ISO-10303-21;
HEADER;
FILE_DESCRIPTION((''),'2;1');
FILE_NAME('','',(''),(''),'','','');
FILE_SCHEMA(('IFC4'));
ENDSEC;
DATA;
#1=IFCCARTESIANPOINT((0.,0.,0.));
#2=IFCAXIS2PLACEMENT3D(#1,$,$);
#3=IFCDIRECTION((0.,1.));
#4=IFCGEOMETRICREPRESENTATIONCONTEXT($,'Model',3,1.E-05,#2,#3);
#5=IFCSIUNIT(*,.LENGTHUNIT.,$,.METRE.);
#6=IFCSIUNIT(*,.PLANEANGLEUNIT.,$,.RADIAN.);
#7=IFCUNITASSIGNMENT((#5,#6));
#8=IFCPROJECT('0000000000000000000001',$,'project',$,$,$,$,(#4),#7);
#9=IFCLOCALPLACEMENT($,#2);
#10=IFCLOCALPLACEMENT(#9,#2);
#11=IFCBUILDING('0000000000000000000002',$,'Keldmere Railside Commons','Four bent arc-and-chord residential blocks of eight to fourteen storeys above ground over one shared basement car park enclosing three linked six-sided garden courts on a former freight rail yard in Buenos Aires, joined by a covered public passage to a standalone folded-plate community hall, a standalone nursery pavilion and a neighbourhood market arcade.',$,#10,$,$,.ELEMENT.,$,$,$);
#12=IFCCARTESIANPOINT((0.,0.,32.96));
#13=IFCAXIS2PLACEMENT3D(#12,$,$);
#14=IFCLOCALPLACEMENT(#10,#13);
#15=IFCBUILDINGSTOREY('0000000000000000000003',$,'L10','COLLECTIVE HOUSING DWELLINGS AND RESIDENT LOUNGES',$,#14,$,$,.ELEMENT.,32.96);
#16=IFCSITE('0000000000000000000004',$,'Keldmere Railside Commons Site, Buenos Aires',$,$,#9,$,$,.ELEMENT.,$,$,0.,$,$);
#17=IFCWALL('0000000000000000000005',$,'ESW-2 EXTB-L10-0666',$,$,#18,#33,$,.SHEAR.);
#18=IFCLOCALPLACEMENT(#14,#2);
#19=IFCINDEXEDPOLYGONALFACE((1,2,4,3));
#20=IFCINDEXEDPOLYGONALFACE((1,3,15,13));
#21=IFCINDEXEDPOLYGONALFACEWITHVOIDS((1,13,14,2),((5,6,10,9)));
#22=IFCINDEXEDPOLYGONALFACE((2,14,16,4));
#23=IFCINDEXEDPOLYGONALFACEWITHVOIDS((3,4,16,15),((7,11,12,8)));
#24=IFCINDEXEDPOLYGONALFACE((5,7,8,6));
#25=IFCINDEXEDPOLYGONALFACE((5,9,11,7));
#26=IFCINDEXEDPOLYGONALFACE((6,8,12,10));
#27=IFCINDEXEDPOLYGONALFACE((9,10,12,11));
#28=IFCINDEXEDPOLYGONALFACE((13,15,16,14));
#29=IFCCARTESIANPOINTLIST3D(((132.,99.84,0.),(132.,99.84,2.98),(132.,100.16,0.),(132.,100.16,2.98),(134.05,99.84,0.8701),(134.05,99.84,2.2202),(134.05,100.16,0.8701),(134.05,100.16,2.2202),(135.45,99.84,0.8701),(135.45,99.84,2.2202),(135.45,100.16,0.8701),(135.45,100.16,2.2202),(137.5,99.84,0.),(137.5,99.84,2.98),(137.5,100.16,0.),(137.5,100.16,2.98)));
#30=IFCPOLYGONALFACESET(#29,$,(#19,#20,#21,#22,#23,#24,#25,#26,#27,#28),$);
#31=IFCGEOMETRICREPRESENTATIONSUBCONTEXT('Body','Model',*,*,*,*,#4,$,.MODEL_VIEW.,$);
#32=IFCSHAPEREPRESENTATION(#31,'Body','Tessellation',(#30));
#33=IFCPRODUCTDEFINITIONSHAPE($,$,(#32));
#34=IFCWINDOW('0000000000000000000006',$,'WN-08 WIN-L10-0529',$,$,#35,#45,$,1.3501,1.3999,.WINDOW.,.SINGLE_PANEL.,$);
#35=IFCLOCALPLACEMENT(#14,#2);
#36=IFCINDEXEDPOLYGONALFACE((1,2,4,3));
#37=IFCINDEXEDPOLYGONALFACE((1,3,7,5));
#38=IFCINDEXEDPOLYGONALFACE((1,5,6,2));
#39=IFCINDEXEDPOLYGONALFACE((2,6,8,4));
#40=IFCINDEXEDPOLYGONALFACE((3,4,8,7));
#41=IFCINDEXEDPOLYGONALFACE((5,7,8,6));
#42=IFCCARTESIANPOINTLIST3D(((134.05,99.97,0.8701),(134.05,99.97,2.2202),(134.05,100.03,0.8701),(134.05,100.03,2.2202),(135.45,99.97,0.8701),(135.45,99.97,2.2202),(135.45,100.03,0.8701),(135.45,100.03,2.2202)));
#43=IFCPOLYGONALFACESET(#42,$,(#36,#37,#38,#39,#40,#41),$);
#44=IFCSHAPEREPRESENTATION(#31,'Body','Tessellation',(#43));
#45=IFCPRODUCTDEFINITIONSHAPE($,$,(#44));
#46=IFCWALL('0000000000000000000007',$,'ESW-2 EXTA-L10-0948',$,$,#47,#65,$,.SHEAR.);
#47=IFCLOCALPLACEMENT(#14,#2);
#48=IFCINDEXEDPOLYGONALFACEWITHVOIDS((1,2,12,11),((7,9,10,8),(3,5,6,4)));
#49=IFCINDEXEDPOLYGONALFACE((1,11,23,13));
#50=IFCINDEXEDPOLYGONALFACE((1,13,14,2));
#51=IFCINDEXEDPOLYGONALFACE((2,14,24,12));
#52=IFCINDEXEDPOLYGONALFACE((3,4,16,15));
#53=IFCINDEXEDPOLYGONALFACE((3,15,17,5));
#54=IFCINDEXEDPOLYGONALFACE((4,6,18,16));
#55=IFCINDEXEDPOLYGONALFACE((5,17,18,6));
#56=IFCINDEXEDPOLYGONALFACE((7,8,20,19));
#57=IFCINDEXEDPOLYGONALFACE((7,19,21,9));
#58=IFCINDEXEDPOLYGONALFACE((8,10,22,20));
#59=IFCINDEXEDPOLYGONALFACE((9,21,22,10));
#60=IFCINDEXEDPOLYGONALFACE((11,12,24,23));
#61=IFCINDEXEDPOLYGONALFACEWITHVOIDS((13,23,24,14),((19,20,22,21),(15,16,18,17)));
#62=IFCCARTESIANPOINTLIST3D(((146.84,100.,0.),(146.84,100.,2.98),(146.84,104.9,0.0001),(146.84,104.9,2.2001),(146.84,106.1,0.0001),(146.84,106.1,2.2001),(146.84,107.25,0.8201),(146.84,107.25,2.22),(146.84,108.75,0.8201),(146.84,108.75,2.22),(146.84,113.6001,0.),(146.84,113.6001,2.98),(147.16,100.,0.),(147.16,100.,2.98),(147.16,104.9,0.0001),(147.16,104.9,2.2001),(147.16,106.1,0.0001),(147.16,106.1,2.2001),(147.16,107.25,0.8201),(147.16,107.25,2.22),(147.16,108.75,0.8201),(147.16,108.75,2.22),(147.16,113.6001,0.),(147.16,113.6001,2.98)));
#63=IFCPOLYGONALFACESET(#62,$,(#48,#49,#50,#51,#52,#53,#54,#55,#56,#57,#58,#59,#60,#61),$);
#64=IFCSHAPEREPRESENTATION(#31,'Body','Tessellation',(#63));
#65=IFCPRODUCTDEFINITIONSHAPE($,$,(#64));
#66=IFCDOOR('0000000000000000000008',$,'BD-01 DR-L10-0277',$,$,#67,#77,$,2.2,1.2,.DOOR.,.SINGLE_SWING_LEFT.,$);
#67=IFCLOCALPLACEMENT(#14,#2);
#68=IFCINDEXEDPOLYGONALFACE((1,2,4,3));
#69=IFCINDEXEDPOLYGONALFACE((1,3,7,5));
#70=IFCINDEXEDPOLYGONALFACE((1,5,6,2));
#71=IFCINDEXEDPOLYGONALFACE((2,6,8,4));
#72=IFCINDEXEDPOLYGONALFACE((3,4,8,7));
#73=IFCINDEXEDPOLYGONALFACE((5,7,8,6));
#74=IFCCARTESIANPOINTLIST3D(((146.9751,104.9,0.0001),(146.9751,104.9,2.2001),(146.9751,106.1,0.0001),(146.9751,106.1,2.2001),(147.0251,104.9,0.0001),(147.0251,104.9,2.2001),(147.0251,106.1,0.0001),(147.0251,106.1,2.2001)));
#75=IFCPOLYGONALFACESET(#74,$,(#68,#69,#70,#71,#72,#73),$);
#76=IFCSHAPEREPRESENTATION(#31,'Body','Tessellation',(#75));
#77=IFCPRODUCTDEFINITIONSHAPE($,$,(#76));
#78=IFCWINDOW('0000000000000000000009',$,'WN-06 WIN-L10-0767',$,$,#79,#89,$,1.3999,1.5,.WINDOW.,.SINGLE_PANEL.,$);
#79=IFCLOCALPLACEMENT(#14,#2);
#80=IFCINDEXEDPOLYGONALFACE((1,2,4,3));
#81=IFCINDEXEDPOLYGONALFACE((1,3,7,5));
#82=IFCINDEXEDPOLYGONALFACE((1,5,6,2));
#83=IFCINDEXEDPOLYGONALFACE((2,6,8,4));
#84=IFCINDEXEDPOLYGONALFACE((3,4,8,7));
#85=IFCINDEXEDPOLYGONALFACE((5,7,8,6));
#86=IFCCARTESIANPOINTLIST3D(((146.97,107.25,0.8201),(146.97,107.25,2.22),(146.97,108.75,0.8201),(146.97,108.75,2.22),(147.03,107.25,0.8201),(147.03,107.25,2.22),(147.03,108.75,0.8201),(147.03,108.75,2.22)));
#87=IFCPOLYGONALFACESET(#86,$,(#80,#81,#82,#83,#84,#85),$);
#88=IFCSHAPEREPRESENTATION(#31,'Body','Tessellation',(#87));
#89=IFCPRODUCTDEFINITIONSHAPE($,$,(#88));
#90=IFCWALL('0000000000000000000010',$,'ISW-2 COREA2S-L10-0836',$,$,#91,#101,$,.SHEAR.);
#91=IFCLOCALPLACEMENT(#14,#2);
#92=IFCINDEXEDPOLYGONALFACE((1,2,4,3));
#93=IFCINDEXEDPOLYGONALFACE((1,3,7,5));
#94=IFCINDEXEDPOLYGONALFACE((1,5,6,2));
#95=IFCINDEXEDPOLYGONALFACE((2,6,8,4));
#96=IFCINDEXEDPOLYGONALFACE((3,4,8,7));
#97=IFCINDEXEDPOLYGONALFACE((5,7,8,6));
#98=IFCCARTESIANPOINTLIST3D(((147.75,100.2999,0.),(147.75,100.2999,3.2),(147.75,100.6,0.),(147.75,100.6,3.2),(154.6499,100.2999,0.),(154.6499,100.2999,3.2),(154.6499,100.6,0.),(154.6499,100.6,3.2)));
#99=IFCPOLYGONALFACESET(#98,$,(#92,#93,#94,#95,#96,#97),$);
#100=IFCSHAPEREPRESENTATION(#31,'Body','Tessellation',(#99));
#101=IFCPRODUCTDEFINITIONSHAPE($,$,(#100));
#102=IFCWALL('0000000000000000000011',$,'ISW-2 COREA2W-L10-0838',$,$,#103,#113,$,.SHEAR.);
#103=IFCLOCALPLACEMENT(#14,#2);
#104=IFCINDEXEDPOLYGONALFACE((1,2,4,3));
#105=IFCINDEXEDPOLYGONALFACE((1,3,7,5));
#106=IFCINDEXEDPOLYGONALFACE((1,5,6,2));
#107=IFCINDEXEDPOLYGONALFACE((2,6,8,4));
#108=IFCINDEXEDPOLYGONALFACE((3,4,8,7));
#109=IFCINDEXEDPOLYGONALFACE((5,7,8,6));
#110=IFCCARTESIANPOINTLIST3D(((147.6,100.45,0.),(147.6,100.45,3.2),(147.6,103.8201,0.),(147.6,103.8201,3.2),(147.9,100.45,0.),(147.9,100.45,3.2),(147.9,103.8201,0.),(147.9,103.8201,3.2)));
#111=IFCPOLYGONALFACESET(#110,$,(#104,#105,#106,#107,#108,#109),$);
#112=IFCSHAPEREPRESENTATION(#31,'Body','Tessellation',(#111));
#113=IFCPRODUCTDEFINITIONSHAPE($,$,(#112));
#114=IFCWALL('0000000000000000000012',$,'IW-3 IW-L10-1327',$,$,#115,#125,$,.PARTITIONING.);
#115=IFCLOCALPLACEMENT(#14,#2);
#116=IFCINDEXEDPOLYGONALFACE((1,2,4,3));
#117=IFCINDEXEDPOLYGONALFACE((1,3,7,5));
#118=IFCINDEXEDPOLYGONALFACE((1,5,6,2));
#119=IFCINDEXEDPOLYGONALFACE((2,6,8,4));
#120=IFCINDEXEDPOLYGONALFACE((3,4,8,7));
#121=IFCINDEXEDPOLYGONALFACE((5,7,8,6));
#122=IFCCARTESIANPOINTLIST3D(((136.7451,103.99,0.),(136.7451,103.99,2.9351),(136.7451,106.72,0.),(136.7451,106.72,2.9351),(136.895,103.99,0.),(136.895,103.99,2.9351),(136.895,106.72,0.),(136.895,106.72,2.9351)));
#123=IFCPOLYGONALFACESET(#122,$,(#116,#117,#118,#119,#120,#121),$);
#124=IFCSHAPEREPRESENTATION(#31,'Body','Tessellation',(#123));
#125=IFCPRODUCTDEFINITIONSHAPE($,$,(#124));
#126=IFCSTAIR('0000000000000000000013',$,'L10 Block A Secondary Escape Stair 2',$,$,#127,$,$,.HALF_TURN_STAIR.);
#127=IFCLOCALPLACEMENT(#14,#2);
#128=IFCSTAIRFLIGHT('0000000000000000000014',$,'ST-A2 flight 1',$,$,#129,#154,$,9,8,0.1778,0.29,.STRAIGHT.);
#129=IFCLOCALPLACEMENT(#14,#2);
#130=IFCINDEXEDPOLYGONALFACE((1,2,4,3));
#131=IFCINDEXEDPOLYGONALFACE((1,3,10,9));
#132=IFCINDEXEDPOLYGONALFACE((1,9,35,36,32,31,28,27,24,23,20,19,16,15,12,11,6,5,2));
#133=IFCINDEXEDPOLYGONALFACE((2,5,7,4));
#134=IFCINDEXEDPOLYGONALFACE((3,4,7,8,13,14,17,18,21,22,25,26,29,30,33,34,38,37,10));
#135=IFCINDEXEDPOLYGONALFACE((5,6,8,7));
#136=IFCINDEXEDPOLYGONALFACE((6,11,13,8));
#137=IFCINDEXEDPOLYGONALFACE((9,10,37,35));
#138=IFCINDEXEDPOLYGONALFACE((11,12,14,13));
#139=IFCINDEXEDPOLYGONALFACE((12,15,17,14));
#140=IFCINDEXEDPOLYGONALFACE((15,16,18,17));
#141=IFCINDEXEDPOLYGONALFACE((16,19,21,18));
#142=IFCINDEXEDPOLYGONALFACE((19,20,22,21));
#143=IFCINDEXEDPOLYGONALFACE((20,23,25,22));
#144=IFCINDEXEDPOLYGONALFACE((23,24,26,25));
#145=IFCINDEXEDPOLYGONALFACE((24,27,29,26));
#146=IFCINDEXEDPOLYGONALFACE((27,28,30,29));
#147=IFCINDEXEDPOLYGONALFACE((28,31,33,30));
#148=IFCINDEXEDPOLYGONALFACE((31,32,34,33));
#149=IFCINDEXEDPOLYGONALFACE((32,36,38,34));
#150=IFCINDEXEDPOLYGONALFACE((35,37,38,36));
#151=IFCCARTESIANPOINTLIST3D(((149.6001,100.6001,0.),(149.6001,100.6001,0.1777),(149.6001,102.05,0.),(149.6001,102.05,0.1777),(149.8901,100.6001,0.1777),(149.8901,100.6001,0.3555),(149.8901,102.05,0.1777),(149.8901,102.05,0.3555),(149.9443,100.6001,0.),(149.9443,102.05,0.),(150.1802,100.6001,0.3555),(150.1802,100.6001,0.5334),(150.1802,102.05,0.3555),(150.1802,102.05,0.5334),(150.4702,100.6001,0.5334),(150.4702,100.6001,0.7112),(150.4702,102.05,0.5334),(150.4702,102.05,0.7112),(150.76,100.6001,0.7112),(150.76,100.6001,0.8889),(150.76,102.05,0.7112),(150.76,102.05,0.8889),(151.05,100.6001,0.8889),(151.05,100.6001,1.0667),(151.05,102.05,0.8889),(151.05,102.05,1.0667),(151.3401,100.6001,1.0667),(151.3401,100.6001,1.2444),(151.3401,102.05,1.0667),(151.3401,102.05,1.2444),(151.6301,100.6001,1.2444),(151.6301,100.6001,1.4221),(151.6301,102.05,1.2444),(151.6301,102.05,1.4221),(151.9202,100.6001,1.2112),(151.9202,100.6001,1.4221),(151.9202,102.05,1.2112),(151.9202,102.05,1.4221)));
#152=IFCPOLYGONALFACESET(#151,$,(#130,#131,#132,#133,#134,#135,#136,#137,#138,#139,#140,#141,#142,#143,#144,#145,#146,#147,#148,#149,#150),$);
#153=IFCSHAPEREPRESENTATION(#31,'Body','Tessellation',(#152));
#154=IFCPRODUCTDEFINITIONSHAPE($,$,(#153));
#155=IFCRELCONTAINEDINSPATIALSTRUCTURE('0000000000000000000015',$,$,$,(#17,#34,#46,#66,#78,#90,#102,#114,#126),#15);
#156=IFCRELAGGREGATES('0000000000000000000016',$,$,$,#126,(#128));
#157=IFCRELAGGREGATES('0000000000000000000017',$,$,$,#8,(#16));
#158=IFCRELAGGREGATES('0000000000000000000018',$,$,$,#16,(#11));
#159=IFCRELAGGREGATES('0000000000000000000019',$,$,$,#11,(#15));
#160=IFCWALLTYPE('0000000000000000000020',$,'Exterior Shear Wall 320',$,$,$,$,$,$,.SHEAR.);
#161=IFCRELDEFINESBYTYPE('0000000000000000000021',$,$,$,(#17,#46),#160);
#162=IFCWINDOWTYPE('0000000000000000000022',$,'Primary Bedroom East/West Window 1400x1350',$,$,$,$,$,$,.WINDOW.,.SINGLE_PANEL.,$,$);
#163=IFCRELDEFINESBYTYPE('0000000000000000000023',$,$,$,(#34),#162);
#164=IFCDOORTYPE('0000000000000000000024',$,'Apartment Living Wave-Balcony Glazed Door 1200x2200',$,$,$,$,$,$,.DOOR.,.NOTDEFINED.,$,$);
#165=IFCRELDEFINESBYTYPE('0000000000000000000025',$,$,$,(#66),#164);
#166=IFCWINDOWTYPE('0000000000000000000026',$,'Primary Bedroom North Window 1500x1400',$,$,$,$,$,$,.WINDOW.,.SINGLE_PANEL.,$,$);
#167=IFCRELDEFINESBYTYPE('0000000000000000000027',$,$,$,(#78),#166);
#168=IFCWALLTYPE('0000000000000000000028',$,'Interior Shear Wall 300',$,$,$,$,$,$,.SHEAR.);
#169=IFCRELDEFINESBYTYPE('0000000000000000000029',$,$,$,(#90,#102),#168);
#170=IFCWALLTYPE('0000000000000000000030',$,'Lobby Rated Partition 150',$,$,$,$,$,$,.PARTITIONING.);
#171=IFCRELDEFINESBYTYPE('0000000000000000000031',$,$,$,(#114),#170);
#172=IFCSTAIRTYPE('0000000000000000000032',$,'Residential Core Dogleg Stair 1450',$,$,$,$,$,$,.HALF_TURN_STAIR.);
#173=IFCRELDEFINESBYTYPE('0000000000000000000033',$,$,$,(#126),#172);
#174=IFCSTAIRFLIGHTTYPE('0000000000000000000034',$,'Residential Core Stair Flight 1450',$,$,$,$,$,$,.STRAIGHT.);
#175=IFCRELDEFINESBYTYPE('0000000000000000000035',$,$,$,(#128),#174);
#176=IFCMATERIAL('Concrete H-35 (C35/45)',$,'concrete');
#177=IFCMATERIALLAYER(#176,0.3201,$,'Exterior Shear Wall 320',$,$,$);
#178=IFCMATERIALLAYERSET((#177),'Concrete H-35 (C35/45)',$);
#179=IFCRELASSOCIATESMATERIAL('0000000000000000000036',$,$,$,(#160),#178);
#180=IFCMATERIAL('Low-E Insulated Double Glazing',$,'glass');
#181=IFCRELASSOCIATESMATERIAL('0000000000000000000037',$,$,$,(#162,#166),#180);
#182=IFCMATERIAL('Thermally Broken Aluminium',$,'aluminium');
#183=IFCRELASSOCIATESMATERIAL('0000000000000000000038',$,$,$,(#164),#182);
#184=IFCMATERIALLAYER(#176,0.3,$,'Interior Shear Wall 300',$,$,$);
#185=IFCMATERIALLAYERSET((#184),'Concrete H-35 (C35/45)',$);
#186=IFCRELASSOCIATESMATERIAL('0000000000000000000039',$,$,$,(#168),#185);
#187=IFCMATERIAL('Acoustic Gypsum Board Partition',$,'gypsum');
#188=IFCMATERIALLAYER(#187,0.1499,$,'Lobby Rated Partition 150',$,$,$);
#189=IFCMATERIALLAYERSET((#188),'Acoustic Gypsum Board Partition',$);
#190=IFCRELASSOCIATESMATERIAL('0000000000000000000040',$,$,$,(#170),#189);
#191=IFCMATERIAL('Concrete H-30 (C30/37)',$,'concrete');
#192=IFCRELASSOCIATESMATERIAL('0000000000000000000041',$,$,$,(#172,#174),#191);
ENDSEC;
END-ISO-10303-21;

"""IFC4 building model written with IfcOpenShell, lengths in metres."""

from ifc_helpers import new_model, si_unit, direction, frame, frame_2d, origin, place, context, subcontext, project, spatial, polyline, rectangle, outline, extrude, material, layer, layer_set, type_object, element, fill, aggregate, save


model = new_model("IFC4")

# Units and contexts
model_context = context("Model", 3, precision=1e-05, world=origin(), true_north=direction((0.0, 1.0)))
body_context = subcontext(model_context, "Body", "Model", "MODEL_VIEW")
ifc_project = project(units=[si_unit("LENGTHUNIT", "METRE"), si_unit("PLANEANGLEUNIT", "RADIAN")], contexts=[model_context])

# Site, building, storey
site_placement = place(None, origin())
site = spatial("IfcSite", under=ifc_project, at=site_placement, Name="Keldmere Railside Commons Site, Buenos Aires", CompositionType="ELEMENT", RefElevation=0.0)
building_placement = place(site_placement, origin())
building = spatial("IfcBuilding", under=site, at=building_placement, Name="Keldmere Railside Commons", Description="Four bent arc-and-chord residential blocks of eight to fourteen storeys above ground over one shared basement car park enclosing three linked six-sided garden courts on a former freight rail yard in Buenos Aires, joined by a covered public passage to a standalone folded-plate community hall, a standalone nursery pavilion and a neighbourhood market arcade.", CompositionType="ELEMENT")
storey_placement = place(building_placement, frame((0.0, 0.0, 32.96)))
storey = spatial("IfcBuildingStorey", under=building, at=storey_placement, Name="L10", Description="COLLECTIVE HOUSING DWELLINGS AND RESIDENT LOUNGES", CompositionType="ELEMENT", Elevation=32.96)

# Wall, opening, window
ifc_material_1 = material(Name="Concrete H-35 (C35/45)", Category="concrete")
ifc_layer_1 = layer(ifc_material_1, 0.3201, Name="Exterior Shear Wall 320")
ifc_layer_set_1 = layer_set([ifc_layer_1], Name="Concrete H-35 (C35/45)")
wall_type_1 = type_object("IfcWallType", Name="Exterior Shear Wall 320", PredefinedType="SHEAR", material=ifc_layer_set_1)
wall_1_placement = place(storey_placement, frame((137.5, 100.0, 0.0), z_axis=(0.0, 0.0, 1.0), x_axis=(-1.0, 0.0, 0.0)))
wall_1 = element("IfcWall", 1, at=wall_1_placement, inside=storey, type_object=wall_type_1, Name="ESW-2 EXTB-L10-0666", PredefinedType="SHEAR", context=body_context, shape_type="SweptSolid", body=[
    extrude(rectangle(XDim=5.5, YDim=0.3201, at=frame_2d((2.75, 0.0))), origin(), (0.0, 0.0, 1.0), 2.98),
])
opening_1_placement = place(wall_1_placement, frame((2.05, 0.0, 0.8701)))
opening_1 = element("IfcOpeningElement", 2, at=opening_1_placement, cuts=wall_1, PredefinedType="OPENING", context=body_context, shape_type="SweptSolid", body=[
    extrude(rectangle(XDim=1.3999, YDim=1.3501, at=frame_2d((0.7, 0.675))), frame((0.0, 0.1699, 0.0), z_axis=(0.0, -1.0, 0.0), x_axis=(1.0, 0.0, 0.0)), (0.0, 0.0, 1.0), 0.3401),
])
ifc_material_2 = material(Name="Low-E Insulated Double Glazing", Category="glass")
window_type_1 = type_object("IfcWindowType", Name="Primary Bedroom East/West Window 1400x1350", PartitioningType="SINGLE_PANEL", PredefinedType="WINDOW", material=ifc_material_2)
window_1_placement = place(opening_1_placement, origin())
window_1 = element("IfcWindow", 3, at=window_1_placement, inside=storey, type_object=window_type_1, Name="WN-08 WIN-L10-0529", OverallHeight=1.3501, OverallWidth=1.3999, PartitioningType="SINGLE_PANEL", PredefinedType="WINDOW", context=body_context, shape_type="SweptSolid", body=[
    extrude(rectangle(XDim=1.3999, YDim=1.3501, at=frame_2d((0.7, 0.675))), frame((0.0, 0.03, 0.0), z_axis=(0.0, -1.0, 0.0), x_axis=(1.0, 0.0, 0.0)), (0.0, 0.0, 1.0), 0.0601),
])
fill(opening_1, window_1)

# Wall, openings, door, window
wall_2_placement = place(storey_placement, frame((147.0, 100.0, 0.0), z_axis=(0.0, 0.0, 1.0), x_axis=(0.0, 1.0, 0.0)))
wall_2 = element("IfcWall", 4, at=wall_2_placement, inside=storey, type_object=wall_type_1, Name="ESW-2 EXTA-L10-0948", PredefinedType="SHEAR", context=body_context, shape_type="SweptSolid", body=[
    extrude(rectangle(XDim=13.6001, YDim=0.3201, at=frame_2d((6.8, 0.0))), origin(), (0.0, 0.0, 1.0), 2.98),
])
opening_2_placement = place(wall_2_placement, frame((4.8999, 0.0, 0.0)))
opening_2 = element("IfcOpeningElement", 5, at=opening_2_placement, cuts=wall_2, PredefinedType="OPENING", context=body_context, shape_type="SweptSolid", body=[
    extrude(rectangle(XDim=1.2, YDim=2.2, at=frame_2d((0.6001, 1.1001))), frame((0.0, 0.1699, 0.0), z_axis=(0.0, -1.0, 0.0), x_axis=(1.0, 0.0, 0.0)), (0.0, 0.0, 1.0), 0.3401),
])
opening_3_placement = place(wall_2_placement, frame((7.25, 0.0, 0.8201)))
opening_3 = element("IfcOpeningElement", 6, at=opening_3_placement, cuts=wall_2, PredefinedType="OPENING", context=body_context, shape_type="SweptSolid", body=[
    extrude(rectangle(XDim=1.5, YDim=1.3999, at=frame_2d((0.75, 0.7))), frame((0.0, 0.1699, 0.0), z_axis=(0.0, -1.0, 0.0), x_axis=(1.0, 0.0, 0.0)), (0.0, 0.0, 1.0), 0.3401),
])
ifc_material_3 = material(Name="Thermally Broken Aluminium", Category="aluminium")
door_type_1 = type_object("IfcDoorType", Name="Apartment Living Wave-Balcony Glazed Door 1200x2200", OperationType="NOTDEFINED", PredefinedType="DOOR", material=ifc_material_3)
door_1_placement = place(opening_2_placement, origin())
door_1 = element("IfcDoor", 7, at=door_1_placement, inside=storey, type_object=door_type_1, Name="BD-01 DR-L10-0277", OperationType="SINGLE_SWING_LEFT", OverallHeight=2.2, OverallWidth=1.2, PredefinedType="DOOR", context=body_context, shape_type="SweptSolid", body=[
    extrude(rectangle(XDim=1.2, YDim=2.2, at=frame_2d((0.6001, 1.1001))), frame((0.0, 0.0249, 0.0), z_axis=(0.0, -1.0, 0.0), x_axis=(1.0, 0.0, 0.0)), (0.0, 0.0, 1.0), 0.05),
])
fill(opening_2, door_1)
window_type_2 = type_object("IfcWindowType", Name="Primary Bedroom North Window 1500x1400", PartitioningType="SINGLE_PANEL", PredefinedType="WINDOW", material=ifc_material_2)
window_2_placement = place(opening_3_placement, origin())
window_2 = element("IfcWindow", 8, at=window_2_placement, inside=storey, type_object=window_type_2, Name="WN-06 WIN-L10-0767", OverallHeight=1.3999, OverallWidth=1.5, PartitioningType="SINGLE_PANEL", PredefinedType="WINDOW", context=body_context, shape_type="SweptSolid", body=[
    extrude(rectangle(XDim=1.5, YDim=1.3999, at=frame_2d((0.75, 0.7))), frame((0.0, 0.03, 0.0), z_axis=(0.0, -1.0, 0.0), x_axis=(1.0, 0.0, 0.0)), (0.0, 0.0, 1.0), 0.0601),
])
fill(opening_3, window_2)

# Walls
ifc_layer_2 = layer(ifc_material_1, 0.3, Name="Interior Shear Wall 300")
ifc_layer_set_2 = layer_set([ifc_layer_2], Name="Concrete H-35 (C35/45)")
wall_type_2 = type_object("IfcWallType", Name="Interior Shear Wall 300", PredefinedType="SHEAR", material=ifc_layer_set_2)
wall_3_placement = place(storey_placement, frame((147.75, 100.45, 0.0), z_axis=(0.0, 0.0, 1.0), x_axis=(1.0, 0.0, 0.0)))
element("IfcWall", 9, at=wall_3_placement, inside=storey, type_object=wall_type_2, Name="ISW-2 COREA2S-L10-0836", PredefinedType="SHEAR", context=body_context, shape_type="SweptSolid", body=[
    extrude(rectangle(XDim=6.8999, YDim=0.3, at=frame_2d((3.45, 0.0))), origin(), (0.0, 0.0, 1.0), 3.2),
])
wall_4_placement = place(storey_placement, frame((147.75, 103.8201, 0.0), z_axis=(0.0, 0.0, 1.0), x_axis=(0.0, -1.0, 0.0)))
element("IfcWall", 10, at=wall_4_placement, inside=storey, type_object=wall_type_2, Name="ISW-2 COREA2W-L10-0838", PredefinedType="SHEAR", context=body_context, shape_type="SweptSolid", body=[
    extrude(rectangle(XDim=3.3701, YDim=0.3, at=frame_2d((1.6851, 0.0))), origin(), (0.0, 0.0, 1.0), 3.2),
])

# Wall
ifc_material_4 = material(Name="Acoustic Gypsum Board Partition", Category="gypsum")
ifc_layer_3 = layer(ifc_material_4, 0.1499, Name="Lobby Rated Partition 150")
ifc_layer_set_3 = layer_set([ifc_layer_3], Name="Acoustic Gypsum Board Partition")
wall_type_3 = type_object("IfcWallType", Name="Lobby Rated Partition 150", PredefinedType="PARTITIONING", material=ifc_layer_set_3)
wall_5_placement = place(storey_placement, frame((136.8201, 103.99, 0.0), z_axis=(0.0, 0.0, 1.0), x_axis=(0.0, 1.0, 0.0)))
element("IfcWall", 11, at=wall_5_placement, inside=storey, type_object=wall_type_3, Name="IW-3 IW-L10-1327", PredefinedType="PARTITIONING", context=body_context, shape_type="SweptSolid", body=[
    extrude(rectangle(XDim=2.73, YDim=0.1499, at=frame_2d((1.365, 0.0))), origin(), (0.0, 0.0, 1.0), 2.9351),
])

# Stair, stair flight
ifc_material_5 = material(Name="Concrete H-30 (C30/37)", Category="concrete")
stair_type = type_object("IfcStairType", Name="Residential Core Dogleg Stair 1450", PredefinedType="HALF_TURN_STAIR", material=ifc_material_5)
stair_placement = place(storey_placement, origin())
stair = element("IfcStair", 12, at=stair_placement, inside=storey, type_object=stair_type, Name="L10 Block A Secondary Escape Stair 2", PredefinedType="HALF_TURN_STAIR")
stair_flight_type = type_object("IfcStairFlightType", Name="Residential Core Stair Flight 1450", PredefinedType="STRAIGHT", material=ifc_material_5)
stair_flight_1_placement = place(storey_placement, frame((149.6001, 101.325, 0.0), z_axis=(0.0, 0.0, 1.0), x_axis=(1.0, 0.0, 0.0)))
stair_flight_1 = element("IfcStairFlight", 13, at=stair_flight_1_placement, type_object=stair_flight_type, Name="ST-A2 flight 1", NumberOfRisers=9, NumberOfTreads=8, PredefinedType="STRAIGHT", RiserHeight=0.1778, TreadLength=0.29, context=body_context, shape_type="SweptSolid", body=[
    extrude(outline(polyline([(0.0, 0.0), (0.0, 0.1777), (0.29, 0.1777), (0.29, 0.3555), (0.5801, 0.3555), (0.5801, 0.5334), (0.8701, 0.5334), (0.8701, 0.7112), (1.1599, 0.7112), (1.1599, 0.8889), (1.45, 0.8889), (1.45, 1.0667), (1.74, 1.0667), (1.74, 1.2444), (2.03, 1.2444), (2.03, 1.4221), (2.3201, 1.4221), (2.3201, 1.6001), (2.3201, 1.2112), (0.3442, 0.0), (0.0, 0.0)])), frame((0.0, 0.7251, 0.0), z_axis=(0.0, -1.0, 0.0), x_axis=(1.0, 0.0, 0.0)), (0.0, 0.0, 1.0), 1.45),
])
aggregate(stair, [stair_flight_1])

save(model, "model.ifc")
